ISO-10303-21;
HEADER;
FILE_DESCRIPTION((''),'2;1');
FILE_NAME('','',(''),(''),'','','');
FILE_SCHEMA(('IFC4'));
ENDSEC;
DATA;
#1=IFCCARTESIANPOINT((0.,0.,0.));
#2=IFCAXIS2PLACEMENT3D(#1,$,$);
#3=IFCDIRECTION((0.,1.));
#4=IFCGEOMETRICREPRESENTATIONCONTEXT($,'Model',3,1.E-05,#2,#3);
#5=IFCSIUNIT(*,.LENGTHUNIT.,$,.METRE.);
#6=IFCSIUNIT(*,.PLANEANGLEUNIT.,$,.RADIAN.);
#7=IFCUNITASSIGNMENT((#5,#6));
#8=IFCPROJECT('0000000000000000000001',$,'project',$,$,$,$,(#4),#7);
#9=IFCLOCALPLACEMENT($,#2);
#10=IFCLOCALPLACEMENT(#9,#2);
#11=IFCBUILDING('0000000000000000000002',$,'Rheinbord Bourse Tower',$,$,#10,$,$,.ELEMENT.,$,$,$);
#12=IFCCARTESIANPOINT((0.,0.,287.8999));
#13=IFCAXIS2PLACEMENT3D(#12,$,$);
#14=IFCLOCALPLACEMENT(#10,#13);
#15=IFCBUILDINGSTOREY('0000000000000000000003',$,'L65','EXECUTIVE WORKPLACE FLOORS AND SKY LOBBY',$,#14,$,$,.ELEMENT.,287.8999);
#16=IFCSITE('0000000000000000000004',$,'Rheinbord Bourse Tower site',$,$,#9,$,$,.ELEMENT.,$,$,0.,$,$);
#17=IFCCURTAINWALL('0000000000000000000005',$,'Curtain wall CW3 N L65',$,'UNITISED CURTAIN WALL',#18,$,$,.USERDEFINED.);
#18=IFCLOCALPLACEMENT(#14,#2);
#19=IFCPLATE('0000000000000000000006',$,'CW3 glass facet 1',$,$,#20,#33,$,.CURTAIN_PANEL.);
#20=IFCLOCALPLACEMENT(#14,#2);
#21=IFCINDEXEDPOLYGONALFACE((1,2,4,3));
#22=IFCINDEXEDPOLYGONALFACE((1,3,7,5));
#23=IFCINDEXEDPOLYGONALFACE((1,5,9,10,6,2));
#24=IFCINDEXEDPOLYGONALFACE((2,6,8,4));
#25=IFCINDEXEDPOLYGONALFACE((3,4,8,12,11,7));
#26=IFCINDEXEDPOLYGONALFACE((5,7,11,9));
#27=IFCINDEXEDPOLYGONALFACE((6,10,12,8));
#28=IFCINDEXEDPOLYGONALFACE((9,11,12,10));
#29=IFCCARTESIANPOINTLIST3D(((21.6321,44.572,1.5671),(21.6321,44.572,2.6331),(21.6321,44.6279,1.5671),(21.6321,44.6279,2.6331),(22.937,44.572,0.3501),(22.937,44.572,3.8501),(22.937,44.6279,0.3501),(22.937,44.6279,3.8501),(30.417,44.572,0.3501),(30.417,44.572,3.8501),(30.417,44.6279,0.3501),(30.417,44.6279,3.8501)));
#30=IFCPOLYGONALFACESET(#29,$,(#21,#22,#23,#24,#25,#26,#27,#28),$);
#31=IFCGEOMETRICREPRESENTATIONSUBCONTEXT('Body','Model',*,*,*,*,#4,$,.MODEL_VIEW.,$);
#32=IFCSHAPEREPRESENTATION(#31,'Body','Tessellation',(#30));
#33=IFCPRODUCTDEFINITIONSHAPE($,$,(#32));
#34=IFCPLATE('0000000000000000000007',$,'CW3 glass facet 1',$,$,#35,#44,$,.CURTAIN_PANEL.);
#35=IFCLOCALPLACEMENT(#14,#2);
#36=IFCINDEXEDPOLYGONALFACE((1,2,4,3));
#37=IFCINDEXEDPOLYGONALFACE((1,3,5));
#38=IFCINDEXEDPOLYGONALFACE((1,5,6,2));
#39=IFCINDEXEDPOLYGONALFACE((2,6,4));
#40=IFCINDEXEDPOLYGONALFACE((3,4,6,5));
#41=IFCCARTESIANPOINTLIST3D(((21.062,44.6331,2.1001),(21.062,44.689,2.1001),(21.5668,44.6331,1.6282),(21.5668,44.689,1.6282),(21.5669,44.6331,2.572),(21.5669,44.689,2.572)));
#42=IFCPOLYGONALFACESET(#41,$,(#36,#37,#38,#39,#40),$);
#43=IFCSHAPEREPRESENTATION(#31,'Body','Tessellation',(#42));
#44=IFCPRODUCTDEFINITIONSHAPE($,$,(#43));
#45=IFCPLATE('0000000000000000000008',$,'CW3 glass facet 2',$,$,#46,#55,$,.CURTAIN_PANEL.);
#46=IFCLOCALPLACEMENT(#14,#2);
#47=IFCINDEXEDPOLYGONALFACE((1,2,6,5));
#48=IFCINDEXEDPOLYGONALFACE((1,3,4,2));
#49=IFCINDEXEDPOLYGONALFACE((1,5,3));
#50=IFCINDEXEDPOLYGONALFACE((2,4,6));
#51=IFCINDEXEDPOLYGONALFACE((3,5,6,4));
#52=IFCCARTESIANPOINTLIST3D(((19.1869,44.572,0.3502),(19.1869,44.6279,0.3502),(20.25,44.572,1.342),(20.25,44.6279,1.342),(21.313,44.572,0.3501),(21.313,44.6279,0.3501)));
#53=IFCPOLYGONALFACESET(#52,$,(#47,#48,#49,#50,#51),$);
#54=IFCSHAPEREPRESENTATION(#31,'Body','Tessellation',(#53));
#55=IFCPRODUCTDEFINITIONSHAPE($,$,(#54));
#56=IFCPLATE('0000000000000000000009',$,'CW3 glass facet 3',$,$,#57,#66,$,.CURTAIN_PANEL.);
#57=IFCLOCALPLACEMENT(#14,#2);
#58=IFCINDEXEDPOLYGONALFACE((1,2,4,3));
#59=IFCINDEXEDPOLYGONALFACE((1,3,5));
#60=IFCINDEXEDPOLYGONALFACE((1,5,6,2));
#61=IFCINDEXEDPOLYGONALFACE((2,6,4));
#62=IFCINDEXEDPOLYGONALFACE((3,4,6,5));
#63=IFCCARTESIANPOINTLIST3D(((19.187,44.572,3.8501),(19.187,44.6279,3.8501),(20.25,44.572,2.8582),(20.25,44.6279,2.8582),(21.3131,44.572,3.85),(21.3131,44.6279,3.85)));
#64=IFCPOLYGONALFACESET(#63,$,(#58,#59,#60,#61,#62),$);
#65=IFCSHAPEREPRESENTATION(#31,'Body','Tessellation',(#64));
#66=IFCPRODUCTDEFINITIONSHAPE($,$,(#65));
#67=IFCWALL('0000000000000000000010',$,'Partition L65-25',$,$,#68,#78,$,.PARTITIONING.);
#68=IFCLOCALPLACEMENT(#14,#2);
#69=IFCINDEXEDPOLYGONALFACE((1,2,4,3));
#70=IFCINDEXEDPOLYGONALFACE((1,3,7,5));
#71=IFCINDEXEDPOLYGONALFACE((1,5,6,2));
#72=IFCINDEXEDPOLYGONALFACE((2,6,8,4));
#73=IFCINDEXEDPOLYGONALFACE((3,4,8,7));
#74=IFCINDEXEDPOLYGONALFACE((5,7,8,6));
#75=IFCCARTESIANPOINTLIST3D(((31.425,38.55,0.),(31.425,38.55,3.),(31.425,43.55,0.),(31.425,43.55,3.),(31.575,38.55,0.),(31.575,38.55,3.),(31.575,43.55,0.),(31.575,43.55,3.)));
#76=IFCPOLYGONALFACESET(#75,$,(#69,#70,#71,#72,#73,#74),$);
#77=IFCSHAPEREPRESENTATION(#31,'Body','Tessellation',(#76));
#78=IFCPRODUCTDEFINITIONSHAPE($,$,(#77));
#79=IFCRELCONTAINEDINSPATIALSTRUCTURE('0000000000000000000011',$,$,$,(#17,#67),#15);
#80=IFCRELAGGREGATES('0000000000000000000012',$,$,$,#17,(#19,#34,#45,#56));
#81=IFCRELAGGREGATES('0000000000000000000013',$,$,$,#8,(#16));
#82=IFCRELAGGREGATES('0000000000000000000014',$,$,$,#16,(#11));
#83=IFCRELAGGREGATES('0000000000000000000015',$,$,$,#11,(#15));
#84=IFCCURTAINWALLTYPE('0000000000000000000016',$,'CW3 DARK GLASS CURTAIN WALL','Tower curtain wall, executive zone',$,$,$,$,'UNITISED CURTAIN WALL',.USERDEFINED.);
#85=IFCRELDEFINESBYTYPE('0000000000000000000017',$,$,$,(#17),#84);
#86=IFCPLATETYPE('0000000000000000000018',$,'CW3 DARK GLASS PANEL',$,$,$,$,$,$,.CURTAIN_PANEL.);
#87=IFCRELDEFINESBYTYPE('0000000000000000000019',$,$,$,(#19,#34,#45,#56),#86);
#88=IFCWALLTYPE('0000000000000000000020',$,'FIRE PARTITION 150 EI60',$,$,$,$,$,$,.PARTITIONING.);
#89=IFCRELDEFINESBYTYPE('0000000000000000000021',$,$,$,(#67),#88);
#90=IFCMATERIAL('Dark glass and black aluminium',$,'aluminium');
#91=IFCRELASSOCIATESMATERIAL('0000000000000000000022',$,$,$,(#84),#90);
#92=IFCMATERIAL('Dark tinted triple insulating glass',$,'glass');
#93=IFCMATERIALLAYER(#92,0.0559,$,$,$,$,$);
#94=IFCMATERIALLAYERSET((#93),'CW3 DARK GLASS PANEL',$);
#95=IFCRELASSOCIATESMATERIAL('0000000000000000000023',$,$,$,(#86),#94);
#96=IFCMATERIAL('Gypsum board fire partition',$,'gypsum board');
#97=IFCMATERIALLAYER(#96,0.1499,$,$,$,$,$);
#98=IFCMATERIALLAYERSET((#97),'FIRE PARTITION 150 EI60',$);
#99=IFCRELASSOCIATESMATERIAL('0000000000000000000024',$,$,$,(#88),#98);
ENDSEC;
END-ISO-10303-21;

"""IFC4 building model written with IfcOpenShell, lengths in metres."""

from ifc_helpers import new_model, si_unit, direction, frame, frame_2d, origin, place, context, subcontext, project, spatial, polyline, rectangle, outline, extrude, material, layer, layer_set, type_object, element, aggregate, save


model = new_model("IFC4")

# Units and contexts
model_context = context("Model", 3, precision=1e-05, world=origin(), true_north=direction((0.0, 1.0)))
body_context = subcontext(model_context, "Body", "Model", "MODEL_VIEW")
ifc_project = project(units=[si_unit("LENGTHUNIT", "METRE"), si_unit("PLANEANGLEUNIT", "RADIAN")], contexts=[model_context])

# Site, building, storey
site_placement = place(None, origin())
site = spatial("IfcSite", under=ifc_project, at=site_placement, Name="Rheinbord Bourse Tower site", CompositionType="ELEMENT", RefElevation=0.0)
building_placement = place(site_placement, origin())
building = spatial("IfcBuilding", under=site, at=building_placement, Name="Rheinbord Bourse Tower", CompositionType="ELEMENT")
storey_placement = place(building_placement, frame((0.0, 0.0, 287.8999)))
storey = spatial("IfcBuildingStorey", under=building, at=storey_placement, Name="L65", Description="EXECUTIVE WORKPLACE FLOORS AND SKY LOBBY", CompositionType="ELEMENT", Elevation=287.8999)

# Curtain wall
ifc_material_1 = material(Name="Dark glass and black aluminium", Category="aluminium")
curtain_wall_type = type_object("IfcCurtainWallType", Name="CW3 DARK GLASS CURTAIN WALL", Description="Tower curtain wall, executive zone", ElementType="UNITISED CURTAIN WALL", PredefinedType="USERDEFINED", material=ifc_material_1)
curtain_wall_placement = place(storey_placement, origin())
curtain_wall = element("IfcCurtainWall", 1, at=curtain_wall_placement, inside=storey, type_object=curtain_wall_type, Name="Curtain wall CW3 N L65", ObjectType="UNITISED CURTAIN WALL", PredefinedType="USERDEFINED")

# Plates
ifc_material_2 = material(Name="Dark tinted triple insulating glass", Category="glass")
ifc_layer_1 = layer(ifc_material_2, 0.0559)
ifc_layer_set_1 = layer_set([ifc_layer_1], Name="CW3 DARK GLASS PANEL")
plate_type = type_object("IfcPlateType", Name="CW3 DARK GLASS PANEL", PredefinedType="CURTAIN_PANEL", material=ifc_layer_set_1)
plate_1_placement = place(storey_placement, frame((30.417, 44.6279, 0.3501), z_axis=(0.0, -1.0, 0.0), x_axis=(0.0, 0.0, 1.0)))
plate_1 = element("IfcPlate", 2, at=plate_1_placement, type_object=plate_type, Name="CW3 glass facet 1", PredefinedType="CURTAIN_PANEL", context=body_context, shape_type="SweptSolid", body=[
    extrude(outline(polyline([(0.0, 0.0), (3.5, 0.0), (3.5, 7.48), (2.283, 8.7849), (1.217, 8.7849), (0.0, 7.48), (0.0, 0.0)])), origin(), (0.0, 0.0, 1.0), 0.0559),
])
plate_2_placement = place(storey_placement, frame((21.5669, 44.689, 2.572), z_axis=(0.0, -1.0, 0.0), x_axis=(-0.73055, 0.0, -0.682859)))
plate_2 = element("IfcPlate", 3, at=plate_2_placement, type_object=plate_type, Name="CW3 glass facet 1", PredefinedType="CURTAIN_PANEL", context=body_context, shape_type="SweptSolid", body=[
    extrude(outline(polyline([(0.0, 0.0), (0.6912, 0.0), (0.6445, 0.6895), (0.0, 0.0)])), origin(), (0.0, 0.0, 1.0), 0.0559),
])
plate_3_placement = place(storey_placement, frame((21.313, 44.6279, 0.3501), z_axis=(0.0, -1.0, 0.0), x_axis=(-0.731117, 0.0, 0.682252)))
plate_3 = element("IfcPlate", 4, at=plate_3_placement, type_object=plate_type, Name="CW3 glass facet 2", PredefinedType="CURTAIN_PANEL", context=body_context, shape_type="SweptSolid", body=[
    extrude(outline(polyline([(0.0, 0.0), (1.4539, 0.0), (1.5544, 1.4504), (0.0, 0.0)])), origin(), (0.0, 0.0, 1.0), 0.0559),
])
plate_4_placement = place(storey_placement, frame((19.187, 44.6279, 3.8501), z_axis=(0.0, -1.0, 0.0), x_axis=(0.731117, 0.0, -0.682252)))
plate_4 = element("IfcPlate", 5, at=plate_4_placement, type_object=plate_type, Name="CW3 glass facet 3", PredefinedType="CURTAIN_PANEL", context=body_context, shape_type="SweptSolid", body=[
    extrude(outline(polyline([(0.0, 0.0), (1.4539, 0.0), (1.5544, 1.4504), (0.0, 0.0)])), origin(), (0.0, 0.0, 1.0), 0.0559),
])
aggregate(curtain_wall, [plate_1, plate_2, plate_3, plate_4])

# Wall
ifc_material_3 = material(Name="Gypsum board fire partition", Category="gypsum board")
ifc_layer_2 = layer(ifc_material_3, 0.1499)
ifc_layer_set_2 = layer_set([ifc_layer_2], Name="FIRE PARTITION 150 EI60")
wall_type = type_object("IfcWallType", Name="FIRE PARTITION 150 EI60", PredefinedType="PARTITIONING", material=ifc_layer_set_2)
wall_placement = place(storey_placement, frame((31.5, 38.55, 0.0), z_axis=(0.0, 0.0, 1.0), x_axis=(0.0, 1.0, 0.0)))
element("IfcWall", 6, at=wall_placement, inside=storey, type_object=wall_type, Name="Partition L65-25", PredefinedType="PARTITIONING", context=body_context, shape_type="SweptSolid", body=[
    extrude(rectangle(XDim=5.0, YDim=0.1499, at=frame_2d((2.5, 0.0))), origin(), (0.0, 0.0, 1.0), 3.0),
])

save(model, "model.ifc")
